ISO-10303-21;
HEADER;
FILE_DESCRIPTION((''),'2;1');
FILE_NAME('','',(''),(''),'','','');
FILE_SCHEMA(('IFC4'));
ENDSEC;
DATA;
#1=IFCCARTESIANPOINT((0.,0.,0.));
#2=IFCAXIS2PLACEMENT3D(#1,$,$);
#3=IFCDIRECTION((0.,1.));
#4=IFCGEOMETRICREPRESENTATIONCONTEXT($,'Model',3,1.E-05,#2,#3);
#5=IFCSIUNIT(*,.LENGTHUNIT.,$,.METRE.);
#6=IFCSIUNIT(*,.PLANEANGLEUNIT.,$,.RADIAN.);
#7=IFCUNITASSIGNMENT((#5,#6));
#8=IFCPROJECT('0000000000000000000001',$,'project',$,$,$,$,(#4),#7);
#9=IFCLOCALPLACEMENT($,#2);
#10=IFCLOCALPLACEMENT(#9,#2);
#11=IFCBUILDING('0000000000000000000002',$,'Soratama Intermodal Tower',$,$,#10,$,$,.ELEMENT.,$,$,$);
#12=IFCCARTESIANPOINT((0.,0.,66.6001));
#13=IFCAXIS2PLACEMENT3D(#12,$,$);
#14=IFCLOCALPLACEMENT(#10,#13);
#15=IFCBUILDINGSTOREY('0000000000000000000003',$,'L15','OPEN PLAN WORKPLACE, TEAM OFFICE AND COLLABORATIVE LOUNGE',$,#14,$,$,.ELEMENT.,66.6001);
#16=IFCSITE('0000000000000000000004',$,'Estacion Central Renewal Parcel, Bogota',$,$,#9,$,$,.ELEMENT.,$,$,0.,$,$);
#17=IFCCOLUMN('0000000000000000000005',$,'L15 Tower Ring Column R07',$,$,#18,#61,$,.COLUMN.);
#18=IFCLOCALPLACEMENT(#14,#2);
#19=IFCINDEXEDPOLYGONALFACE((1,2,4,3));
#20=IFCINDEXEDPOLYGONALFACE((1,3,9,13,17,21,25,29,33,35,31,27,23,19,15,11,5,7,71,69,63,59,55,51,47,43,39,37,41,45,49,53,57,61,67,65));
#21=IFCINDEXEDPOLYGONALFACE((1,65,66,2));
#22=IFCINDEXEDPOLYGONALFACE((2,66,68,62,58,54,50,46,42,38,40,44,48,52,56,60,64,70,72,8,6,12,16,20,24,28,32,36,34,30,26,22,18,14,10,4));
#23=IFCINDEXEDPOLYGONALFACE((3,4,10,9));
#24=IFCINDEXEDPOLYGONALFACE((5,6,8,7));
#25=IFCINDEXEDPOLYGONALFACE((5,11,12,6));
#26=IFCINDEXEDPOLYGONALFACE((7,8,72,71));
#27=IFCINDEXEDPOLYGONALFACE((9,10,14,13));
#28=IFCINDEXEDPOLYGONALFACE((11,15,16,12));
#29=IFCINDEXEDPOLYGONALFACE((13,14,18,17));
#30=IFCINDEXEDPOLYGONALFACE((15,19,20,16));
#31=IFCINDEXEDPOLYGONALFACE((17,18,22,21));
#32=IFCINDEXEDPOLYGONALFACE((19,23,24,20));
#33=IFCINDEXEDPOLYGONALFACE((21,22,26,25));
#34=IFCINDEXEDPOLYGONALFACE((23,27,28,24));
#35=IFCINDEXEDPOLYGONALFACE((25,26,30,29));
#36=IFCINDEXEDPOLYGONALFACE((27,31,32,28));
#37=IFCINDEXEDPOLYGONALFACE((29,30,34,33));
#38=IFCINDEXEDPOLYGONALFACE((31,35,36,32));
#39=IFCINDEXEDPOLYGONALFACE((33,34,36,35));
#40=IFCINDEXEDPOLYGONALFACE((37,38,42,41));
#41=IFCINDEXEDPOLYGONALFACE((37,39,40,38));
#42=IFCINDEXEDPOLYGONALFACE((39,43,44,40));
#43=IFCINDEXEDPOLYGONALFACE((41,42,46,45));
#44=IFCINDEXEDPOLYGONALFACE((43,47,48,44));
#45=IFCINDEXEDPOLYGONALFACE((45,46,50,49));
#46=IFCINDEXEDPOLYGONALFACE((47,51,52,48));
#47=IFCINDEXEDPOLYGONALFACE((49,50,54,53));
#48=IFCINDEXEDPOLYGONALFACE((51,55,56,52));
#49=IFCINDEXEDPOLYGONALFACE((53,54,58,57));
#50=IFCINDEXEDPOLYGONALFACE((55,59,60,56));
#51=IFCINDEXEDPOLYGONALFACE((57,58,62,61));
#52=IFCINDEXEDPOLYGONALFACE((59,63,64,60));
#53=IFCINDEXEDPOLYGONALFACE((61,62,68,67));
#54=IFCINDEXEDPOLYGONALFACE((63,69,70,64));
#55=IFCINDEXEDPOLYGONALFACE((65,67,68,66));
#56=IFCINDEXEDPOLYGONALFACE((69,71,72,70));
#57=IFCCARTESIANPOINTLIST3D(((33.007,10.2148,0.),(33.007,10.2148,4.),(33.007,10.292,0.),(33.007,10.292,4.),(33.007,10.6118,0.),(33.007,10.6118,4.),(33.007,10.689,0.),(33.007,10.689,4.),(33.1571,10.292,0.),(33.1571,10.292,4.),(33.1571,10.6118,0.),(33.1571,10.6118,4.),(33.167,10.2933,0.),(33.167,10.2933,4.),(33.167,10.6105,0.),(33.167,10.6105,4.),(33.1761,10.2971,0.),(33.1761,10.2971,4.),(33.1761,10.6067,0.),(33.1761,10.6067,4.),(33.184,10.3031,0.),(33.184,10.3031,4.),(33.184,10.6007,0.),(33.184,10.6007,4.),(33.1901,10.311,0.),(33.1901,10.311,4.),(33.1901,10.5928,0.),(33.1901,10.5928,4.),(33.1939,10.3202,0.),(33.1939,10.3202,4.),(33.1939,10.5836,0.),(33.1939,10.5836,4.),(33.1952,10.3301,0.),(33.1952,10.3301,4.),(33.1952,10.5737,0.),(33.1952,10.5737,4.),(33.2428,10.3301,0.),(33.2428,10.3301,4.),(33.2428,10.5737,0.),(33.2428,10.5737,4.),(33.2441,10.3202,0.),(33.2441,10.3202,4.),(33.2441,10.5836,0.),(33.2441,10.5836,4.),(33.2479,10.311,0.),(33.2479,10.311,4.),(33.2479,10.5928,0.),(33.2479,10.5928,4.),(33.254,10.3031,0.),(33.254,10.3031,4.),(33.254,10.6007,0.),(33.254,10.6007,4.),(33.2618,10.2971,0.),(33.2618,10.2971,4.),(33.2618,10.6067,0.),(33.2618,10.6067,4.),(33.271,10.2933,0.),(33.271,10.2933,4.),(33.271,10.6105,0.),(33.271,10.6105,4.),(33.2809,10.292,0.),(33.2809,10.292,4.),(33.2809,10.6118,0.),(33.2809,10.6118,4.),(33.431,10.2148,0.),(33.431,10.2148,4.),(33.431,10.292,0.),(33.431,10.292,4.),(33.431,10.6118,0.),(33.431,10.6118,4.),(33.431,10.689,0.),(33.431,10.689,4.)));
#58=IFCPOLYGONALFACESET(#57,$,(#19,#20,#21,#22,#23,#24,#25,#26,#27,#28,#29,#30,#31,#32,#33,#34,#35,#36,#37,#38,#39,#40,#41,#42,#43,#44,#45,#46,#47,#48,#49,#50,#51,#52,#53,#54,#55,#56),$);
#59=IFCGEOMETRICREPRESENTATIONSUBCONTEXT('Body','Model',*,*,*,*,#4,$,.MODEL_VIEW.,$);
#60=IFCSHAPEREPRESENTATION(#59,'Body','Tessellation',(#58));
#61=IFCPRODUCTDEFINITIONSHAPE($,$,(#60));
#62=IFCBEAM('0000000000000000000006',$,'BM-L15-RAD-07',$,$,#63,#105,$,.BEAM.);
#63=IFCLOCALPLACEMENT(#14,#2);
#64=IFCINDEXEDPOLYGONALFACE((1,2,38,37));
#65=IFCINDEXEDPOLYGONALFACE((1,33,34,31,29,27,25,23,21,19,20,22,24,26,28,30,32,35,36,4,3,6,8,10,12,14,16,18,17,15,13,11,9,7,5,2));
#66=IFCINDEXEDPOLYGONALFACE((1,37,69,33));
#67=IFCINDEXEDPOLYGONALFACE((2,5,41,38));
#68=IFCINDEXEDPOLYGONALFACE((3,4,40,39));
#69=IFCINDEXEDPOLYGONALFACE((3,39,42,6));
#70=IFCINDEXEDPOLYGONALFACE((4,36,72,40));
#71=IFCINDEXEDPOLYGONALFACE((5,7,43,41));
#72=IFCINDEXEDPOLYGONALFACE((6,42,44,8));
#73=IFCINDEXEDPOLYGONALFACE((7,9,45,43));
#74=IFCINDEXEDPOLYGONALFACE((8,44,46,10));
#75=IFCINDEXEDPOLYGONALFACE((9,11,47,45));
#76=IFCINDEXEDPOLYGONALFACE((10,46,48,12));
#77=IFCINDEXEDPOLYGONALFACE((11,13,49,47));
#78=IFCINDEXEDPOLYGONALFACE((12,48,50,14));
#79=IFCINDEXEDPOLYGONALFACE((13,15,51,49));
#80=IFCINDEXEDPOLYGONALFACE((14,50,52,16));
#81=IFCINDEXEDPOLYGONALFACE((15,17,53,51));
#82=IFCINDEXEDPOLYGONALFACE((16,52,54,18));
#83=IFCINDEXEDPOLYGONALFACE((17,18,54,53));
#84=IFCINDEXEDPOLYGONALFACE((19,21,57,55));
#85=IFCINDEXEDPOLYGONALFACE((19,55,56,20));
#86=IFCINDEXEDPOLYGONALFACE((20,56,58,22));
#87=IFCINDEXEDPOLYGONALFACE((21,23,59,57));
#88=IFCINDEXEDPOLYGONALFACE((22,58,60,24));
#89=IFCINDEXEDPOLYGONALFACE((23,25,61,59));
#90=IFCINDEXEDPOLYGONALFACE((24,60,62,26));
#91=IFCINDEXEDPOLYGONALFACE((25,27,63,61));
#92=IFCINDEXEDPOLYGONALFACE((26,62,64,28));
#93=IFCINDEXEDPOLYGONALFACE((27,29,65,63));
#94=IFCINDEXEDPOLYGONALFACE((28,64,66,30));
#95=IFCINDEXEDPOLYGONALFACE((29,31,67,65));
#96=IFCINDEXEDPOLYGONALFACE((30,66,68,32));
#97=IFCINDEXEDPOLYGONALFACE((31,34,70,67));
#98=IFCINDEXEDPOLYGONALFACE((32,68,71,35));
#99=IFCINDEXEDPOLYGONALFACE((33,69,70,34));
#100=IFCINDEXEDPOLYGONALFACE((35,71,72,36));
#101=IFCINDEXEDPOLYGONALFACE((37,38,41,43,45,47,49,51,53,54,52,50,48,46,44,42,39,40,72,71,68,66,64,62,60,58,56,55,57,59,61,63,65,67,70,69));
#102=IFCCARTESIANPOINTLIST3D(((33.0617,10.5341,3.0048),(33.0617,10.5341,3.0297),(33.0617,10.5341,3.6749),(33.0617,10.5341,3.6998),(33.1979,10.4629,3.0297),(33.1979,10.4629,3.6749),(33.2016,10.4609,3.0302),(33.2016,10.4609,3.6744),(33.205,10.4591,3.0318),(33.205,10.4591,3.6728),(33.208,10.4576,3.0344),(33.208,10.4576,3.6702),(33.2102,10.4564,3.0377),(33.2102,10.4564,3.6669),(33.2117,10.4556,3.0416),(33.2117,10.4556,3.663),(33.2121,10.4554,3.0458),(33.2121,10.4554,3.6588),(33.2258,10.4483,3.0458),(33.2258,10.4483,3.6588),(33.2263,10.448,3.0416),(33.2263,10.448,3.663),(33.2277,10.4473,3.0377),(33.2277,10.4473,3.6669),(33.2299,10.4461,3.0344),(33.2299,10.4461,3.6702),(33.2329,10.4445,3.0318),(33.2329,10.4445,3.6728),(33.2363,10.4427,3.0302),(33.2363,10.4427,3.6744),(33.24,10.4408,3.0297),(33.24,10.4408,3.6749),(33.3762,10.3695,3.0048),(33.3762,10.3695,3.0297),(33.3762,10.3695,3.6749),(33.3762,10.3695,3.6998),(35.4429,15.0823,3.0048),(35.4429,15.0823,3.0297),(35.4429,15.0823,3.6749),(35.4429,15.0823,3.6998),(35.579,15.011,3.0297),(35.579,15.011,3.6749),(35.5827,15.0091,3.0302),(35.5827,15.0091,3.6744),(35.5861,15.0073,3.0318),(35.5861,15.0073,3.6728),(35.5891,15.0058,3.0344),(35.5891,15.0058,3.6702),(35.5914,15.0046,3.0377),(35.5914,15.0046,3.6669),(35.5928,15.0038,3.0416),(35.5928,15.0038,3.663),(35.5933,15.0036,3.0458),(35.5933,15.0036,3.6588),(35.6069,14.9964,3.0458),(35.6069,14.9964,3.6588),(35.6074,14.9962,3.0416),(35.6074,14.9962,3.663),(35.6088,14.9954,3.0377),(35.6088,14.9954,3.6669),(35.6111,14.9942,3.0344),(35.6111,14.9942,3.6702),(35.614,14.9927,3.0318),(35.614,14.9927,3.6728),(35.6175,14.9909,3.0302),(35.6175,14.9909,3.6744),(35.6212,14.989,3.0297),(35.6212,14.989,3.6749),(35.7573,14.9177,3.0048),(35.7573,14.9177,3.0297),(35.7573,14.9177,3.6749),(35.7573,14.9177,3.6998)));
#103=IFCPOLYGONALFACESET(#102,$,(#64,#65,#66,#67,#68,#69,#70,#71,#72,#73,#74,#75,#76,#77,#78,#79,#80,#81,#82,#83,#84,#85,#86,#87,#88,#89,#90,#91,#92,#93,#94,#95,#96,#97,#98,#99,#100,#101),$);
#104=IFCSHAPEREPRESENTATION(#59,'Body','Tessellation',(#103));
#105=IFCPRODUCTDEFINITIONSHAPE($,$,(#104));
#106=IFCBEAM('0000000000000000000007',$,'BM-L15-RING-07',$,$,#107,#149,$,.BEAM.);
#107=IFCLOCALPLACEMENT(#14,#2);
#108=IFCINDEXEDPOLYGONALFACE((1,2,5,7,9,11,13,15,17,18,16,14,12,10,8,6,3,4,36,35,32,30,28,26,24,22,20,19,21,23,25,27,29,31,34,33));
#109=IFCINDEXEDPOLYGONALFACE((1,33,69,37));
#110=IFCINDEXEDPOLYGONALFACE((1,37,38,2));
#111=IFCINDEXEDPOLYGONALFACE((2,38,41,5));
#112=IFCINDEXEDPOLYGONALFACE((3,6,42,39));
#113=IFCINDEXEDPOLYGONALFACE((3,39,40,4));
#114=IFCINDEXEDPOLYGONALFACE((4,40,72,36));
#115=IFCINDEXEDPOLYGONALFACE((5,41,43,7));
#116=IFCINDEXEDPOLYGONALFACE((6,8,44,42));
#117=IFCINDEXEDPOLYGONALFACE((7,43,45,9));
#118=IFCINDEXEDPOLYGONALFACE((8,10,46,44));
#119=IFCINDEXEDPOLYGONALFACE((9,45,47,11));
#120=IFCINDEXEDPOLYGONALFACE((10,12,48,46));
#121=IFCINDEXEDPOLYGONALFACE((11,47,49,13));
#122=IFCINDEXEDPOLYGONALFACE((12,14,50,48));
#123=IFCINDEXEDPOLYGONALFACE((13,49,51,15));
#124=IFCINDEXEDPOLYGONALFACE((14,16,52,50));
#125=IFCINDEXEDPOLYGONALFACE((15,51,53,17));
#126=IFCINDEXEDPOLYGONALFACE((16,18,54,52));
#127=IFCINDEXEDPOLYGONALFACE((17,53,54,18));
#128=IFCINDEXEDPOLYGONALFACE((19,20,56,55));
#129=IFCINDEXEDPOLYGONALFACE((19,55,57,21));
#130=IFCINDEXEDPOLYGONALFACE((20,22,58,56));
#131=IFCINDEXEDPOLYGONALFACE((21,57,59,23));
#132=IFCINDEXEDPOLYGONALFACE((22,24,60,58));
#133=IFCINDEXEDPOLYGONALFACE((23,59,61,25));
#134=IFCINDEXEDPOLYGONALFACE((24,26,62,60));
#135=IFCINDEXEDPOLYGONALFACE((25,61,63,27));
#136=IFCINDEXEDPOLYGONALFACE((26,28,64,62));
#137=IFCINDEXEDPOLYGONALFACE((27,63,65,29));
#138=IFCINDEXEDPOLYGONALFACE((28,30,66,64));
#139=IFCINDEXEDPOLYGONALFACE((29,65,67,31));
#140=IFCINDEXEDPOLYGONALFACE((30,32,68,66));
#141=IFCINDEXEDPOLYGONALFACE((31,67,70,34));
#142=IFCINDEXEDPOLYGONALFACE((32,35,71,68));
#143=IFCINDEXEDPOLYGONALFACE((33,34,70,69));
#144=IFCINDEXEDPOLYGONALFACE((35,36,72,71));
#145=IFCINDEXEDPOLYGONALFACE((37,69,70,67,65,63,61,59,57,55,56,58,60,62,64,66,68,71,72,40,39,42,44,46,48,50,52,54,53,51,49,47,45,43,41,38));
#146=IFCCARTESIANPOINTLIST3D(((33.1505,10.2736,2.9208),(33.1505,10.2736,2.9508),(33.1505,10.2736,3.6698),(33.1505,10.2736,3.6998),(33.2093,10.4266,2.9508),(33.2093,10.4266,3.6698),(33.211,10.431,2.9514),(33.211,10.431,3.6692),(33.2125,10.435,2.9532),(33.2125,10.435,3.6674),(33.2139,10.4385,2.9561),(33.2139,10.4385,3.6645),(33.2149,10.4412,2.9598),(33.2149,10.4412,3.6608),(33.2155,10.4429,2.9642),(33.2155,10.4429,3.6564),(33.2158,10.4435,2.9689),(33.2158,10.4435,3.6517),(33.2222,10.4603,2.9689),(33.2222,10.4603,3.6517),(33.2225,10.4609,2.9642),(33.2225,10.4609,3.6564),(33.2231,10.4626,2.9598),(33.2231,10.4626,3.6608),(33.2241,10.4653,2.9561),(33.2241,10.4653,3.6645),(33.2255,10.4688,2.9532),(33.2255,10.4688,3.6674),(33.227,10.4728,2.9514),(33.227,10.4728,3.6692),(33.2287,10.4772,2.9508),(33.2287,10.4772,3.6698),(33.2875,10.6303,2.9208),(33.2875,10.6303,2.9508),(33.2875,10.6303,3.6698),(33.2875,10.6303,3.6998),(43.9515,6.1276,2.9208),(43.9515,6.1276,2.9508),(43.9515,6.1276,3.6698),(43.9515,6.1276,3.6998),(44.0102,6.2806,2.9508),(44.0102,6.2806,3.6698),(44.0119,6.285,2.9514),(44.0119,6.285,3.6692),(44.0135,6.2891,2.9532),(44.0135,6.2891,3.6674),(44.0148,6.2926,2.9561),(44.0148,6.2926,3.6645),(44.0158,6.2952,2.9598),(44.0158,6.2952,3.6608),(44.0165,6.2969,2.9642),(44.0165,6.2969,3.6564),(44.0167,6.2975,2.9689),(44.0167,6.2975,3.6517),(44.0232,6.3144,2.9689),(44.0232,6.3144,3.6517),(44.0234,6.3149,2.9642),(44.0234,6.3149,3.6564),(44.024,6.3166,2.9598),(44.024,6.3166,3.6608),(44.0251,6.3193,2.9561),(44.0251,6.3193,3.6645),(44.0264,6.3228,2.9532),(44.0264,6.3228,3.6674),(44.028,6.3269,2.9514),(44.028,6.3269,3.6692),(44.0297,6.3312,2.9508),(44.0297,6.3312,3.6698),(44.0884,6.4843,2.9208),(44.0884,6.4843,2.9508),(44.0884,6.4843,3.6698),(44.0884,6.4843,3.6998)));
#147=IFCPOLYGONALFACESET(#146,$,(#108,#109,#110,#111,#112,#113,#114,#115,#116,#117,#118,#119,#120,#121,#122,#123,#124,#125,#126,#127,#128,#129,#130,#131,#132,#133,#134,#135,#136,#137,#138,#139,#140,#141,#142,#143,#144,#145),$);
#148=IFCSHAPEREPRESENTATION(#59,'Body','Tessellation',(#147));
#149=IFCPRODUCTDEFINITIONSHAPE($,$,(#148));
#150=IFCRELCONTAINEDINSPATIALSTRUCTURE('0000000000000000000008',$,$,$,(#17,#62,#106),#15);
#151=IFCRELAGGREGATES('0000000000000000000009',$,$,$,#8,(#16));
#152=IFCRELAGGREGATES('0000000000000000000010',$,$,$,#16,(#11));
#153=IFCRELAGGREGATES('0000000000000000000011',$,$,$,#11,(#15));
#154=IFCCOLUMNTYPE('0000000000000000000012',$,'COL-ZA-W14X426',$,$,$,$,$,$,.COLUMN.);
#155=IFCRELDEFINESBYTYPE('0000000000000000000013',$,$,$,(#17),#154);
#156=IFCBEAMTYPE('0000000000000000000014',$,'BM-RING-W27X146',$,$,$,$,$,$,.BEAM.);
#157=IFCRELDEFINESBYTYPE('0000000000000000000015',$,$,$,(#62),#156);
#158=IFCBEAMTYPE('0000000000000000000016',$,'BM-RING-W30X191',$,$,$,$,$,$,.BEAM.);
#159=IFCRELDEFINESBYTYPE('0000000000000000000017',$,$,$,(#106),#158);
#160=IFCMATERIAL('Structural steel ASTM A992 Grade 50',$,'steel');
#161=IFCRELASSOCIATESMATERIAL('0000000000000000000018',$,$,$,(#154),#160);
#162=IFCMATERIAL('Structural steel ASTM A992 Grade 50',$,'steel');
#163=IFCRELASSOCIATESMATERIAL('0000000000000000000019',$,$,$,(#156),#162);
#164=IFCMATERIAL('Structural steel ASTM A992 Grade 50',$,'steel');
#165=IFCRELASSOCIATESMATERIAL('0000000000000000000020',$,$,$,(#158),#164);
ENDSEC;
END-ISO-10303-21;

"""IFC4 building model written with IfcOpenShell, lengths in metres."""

from ifc_helpers import new_model, si_unit, direction, frame, origin, origin_2d, place, context, subcontext, project, spatial, i_section, extrude, material, material_profile, profile_set, type_object, element, save


model = new_model("IFC4")

# Units and contexts
model_context = context("Model", 3, precision=1e-05, world=origin(), true_north=direction((0.0, 1.0)))
body_context = subcontext(model_context, "Body", "Model", "MODEL_VIEW")
ifc_project = project(units=[si_unit("LENGTHUNIT", "METRE"), si_unit("PLANEANGLEUNIT", "RADIAN")], contexts=[model_context])

# Site, building, storey
site_placement = place(None, origin())
site = spatial("IfcSite", under=ifc_project, at=site_placement, Name="Estacion Central Renewal Parcel, Bogota", CompositionType="ELEMENT", RefElevation=0.0)
building_placement = place(site_placement, origin())
building = spatial("IfcBuilding", under=site, at=building_placement, Name="Soratama Intermodal Tower", CompositionType="ELEMENT")
storey_placement = place(building_placement, frame((0.0, 0.0, 66.6001)))
storey = spatial("IfcBuildingStorey", under=building, at=storey_placement, Name="L15", Description="OPEN PLAN WORKPLACE, TEAM OFFICE AND COLLABORATIVE LOUNGE", CompositionType="ELEMENT", Elevation=66.6001)

# Column
ifc_material_1 = material(Name="Structural steel ASTM A992 Grade 50", Category="steel")
ifc_material_profile_1 = material_profile(ifc_material_1, i_section(OverallWidth=0.4241, OverallDepth=0.4741, WebThickness=0.0476, FlangeThickness=0.0771, FilletRadius=0.0381, at=origin_2d()), Name="W14X426")
ifc_profile_set_1 = profile_set([ifc_material_profile_1], Name="Structural steel ASTM A992 Grade 50")
column_type = type_object("IfcColumnType", Name="COL-ZA-W14X426", PredefinedType="COLUMN", material=ifc_profile_set_1)
column_placement = place(storey_placement, frame((33.219, 10.4519, 0.0), z_axis=(0.0, 0.0, 1.0), x_axis=(1.0, 0.0, 0.0)))
element("IfcColumn", 1, at=column_placement, inside=storey, type_object=column_type, Name="L15 Tower Ring Column R07", PredefinedType="COLUMN", context=body_context, shape_type="SweptSolid", body=[
    extrude(i_section(OverallWidth=0.4241, OverallDepth=0.4741, WebThickness=0.0476, FlangeThickness=0.0771, FilletRadius=0.0381, at=origin_2d()), origin(), (0.0, 0.0, 1.0), 4.0),
])

# Beams
ifc_material_2 = material(Name="Structural steel ASTM A992 Grade 50", Category="steel")
ifc_material_profile_2 = material_profile(ifc_material_2, i_section(OverallWidth=0.355, OverallDepth=0.6951, WebThickness=0.0154, FlangeThickness=0.0249, FilletRadius=0.0161, at=origin_2d()), Name="W27X146")
ifc_profile_set_2 = profile_set([ifc_material_profile_2], Name="Structural steel ASTM A992 Grade 50")
beam_type_1 = type_object("IfcBeamType", Name="BM-RING-W27X146", PredefinedType="BEAM", material=ifc_profile_set_2)
beam_1_placement = place(storey_placement, frame((35.6001, 15.0, 3.3523), z_axis=(-0.463819, -0.88593, 0.0), x_axis=(0.88593, -0.463819, 0.0)))
element("IfcBeam", 2, at=beam_1_placement, inside=storey, type_object=beam_type_1, Name="BM-L15-RAD-07", PredefinedType="BEAM", context=body_context, shape_type="SweptSolid", body=[
    extrude(i_section(OverallWidth=0.355, OverallDepth=0.6951, WebThickness=0.0154, FlangeThickness=0.0249, FilletRadius=0.0161, at=origin_2d()), origin(), (0.0, 0.0, 1.0), 5.1338),
])
ifc_material_3 = material(Name="Structural steel ASTM A992 Grade 50", Category="steel")
ifc_material_profile_3 = material_profile(ifc_material_3, i_section(OverallWidth=0.3821, OverallDepth=0.7791, WebThickness=0.0181, FlangeThickness=0.03, FilletRadius=0.0181, at=origin_2d()), Name="W30X191")
ifc_profile_set_3 = profile_set([ifc_material_profile_3], Name="Structural steel ASTM A992 Grade 50")
beam_type_2 = type_object("IfcBeamType", Name="BM-RING-W30X191", PredefinedType="BEAM", material=ifc_profile_set_3)
beam_2_placement = place(storey_placement, frame((33.219, 10.4519, 3.3103), z_axis=(0.933584, -0.358358, 0.0), x_axis=(0.358358, 0.933584, 0.0)))
element("IfcBeam", 3, at=beam_2_placement, inside=storey, type_object=beam_type_2, Name="BM-L15-RING-07", PredefinedType="BEAM", context=body_context, shape_type="SweptSolid", body=[
    extrude(i_section(OverallWidth=0.3821, OverallDepth=0.7791, WebThickness=0.0181, FlangeThickness=0.03, FilletRadius=0.0181, at=origin_2d()), origin(), (0.0, 0.0, 1.0), 11.5693),
])

save(model, "model.ifc")
